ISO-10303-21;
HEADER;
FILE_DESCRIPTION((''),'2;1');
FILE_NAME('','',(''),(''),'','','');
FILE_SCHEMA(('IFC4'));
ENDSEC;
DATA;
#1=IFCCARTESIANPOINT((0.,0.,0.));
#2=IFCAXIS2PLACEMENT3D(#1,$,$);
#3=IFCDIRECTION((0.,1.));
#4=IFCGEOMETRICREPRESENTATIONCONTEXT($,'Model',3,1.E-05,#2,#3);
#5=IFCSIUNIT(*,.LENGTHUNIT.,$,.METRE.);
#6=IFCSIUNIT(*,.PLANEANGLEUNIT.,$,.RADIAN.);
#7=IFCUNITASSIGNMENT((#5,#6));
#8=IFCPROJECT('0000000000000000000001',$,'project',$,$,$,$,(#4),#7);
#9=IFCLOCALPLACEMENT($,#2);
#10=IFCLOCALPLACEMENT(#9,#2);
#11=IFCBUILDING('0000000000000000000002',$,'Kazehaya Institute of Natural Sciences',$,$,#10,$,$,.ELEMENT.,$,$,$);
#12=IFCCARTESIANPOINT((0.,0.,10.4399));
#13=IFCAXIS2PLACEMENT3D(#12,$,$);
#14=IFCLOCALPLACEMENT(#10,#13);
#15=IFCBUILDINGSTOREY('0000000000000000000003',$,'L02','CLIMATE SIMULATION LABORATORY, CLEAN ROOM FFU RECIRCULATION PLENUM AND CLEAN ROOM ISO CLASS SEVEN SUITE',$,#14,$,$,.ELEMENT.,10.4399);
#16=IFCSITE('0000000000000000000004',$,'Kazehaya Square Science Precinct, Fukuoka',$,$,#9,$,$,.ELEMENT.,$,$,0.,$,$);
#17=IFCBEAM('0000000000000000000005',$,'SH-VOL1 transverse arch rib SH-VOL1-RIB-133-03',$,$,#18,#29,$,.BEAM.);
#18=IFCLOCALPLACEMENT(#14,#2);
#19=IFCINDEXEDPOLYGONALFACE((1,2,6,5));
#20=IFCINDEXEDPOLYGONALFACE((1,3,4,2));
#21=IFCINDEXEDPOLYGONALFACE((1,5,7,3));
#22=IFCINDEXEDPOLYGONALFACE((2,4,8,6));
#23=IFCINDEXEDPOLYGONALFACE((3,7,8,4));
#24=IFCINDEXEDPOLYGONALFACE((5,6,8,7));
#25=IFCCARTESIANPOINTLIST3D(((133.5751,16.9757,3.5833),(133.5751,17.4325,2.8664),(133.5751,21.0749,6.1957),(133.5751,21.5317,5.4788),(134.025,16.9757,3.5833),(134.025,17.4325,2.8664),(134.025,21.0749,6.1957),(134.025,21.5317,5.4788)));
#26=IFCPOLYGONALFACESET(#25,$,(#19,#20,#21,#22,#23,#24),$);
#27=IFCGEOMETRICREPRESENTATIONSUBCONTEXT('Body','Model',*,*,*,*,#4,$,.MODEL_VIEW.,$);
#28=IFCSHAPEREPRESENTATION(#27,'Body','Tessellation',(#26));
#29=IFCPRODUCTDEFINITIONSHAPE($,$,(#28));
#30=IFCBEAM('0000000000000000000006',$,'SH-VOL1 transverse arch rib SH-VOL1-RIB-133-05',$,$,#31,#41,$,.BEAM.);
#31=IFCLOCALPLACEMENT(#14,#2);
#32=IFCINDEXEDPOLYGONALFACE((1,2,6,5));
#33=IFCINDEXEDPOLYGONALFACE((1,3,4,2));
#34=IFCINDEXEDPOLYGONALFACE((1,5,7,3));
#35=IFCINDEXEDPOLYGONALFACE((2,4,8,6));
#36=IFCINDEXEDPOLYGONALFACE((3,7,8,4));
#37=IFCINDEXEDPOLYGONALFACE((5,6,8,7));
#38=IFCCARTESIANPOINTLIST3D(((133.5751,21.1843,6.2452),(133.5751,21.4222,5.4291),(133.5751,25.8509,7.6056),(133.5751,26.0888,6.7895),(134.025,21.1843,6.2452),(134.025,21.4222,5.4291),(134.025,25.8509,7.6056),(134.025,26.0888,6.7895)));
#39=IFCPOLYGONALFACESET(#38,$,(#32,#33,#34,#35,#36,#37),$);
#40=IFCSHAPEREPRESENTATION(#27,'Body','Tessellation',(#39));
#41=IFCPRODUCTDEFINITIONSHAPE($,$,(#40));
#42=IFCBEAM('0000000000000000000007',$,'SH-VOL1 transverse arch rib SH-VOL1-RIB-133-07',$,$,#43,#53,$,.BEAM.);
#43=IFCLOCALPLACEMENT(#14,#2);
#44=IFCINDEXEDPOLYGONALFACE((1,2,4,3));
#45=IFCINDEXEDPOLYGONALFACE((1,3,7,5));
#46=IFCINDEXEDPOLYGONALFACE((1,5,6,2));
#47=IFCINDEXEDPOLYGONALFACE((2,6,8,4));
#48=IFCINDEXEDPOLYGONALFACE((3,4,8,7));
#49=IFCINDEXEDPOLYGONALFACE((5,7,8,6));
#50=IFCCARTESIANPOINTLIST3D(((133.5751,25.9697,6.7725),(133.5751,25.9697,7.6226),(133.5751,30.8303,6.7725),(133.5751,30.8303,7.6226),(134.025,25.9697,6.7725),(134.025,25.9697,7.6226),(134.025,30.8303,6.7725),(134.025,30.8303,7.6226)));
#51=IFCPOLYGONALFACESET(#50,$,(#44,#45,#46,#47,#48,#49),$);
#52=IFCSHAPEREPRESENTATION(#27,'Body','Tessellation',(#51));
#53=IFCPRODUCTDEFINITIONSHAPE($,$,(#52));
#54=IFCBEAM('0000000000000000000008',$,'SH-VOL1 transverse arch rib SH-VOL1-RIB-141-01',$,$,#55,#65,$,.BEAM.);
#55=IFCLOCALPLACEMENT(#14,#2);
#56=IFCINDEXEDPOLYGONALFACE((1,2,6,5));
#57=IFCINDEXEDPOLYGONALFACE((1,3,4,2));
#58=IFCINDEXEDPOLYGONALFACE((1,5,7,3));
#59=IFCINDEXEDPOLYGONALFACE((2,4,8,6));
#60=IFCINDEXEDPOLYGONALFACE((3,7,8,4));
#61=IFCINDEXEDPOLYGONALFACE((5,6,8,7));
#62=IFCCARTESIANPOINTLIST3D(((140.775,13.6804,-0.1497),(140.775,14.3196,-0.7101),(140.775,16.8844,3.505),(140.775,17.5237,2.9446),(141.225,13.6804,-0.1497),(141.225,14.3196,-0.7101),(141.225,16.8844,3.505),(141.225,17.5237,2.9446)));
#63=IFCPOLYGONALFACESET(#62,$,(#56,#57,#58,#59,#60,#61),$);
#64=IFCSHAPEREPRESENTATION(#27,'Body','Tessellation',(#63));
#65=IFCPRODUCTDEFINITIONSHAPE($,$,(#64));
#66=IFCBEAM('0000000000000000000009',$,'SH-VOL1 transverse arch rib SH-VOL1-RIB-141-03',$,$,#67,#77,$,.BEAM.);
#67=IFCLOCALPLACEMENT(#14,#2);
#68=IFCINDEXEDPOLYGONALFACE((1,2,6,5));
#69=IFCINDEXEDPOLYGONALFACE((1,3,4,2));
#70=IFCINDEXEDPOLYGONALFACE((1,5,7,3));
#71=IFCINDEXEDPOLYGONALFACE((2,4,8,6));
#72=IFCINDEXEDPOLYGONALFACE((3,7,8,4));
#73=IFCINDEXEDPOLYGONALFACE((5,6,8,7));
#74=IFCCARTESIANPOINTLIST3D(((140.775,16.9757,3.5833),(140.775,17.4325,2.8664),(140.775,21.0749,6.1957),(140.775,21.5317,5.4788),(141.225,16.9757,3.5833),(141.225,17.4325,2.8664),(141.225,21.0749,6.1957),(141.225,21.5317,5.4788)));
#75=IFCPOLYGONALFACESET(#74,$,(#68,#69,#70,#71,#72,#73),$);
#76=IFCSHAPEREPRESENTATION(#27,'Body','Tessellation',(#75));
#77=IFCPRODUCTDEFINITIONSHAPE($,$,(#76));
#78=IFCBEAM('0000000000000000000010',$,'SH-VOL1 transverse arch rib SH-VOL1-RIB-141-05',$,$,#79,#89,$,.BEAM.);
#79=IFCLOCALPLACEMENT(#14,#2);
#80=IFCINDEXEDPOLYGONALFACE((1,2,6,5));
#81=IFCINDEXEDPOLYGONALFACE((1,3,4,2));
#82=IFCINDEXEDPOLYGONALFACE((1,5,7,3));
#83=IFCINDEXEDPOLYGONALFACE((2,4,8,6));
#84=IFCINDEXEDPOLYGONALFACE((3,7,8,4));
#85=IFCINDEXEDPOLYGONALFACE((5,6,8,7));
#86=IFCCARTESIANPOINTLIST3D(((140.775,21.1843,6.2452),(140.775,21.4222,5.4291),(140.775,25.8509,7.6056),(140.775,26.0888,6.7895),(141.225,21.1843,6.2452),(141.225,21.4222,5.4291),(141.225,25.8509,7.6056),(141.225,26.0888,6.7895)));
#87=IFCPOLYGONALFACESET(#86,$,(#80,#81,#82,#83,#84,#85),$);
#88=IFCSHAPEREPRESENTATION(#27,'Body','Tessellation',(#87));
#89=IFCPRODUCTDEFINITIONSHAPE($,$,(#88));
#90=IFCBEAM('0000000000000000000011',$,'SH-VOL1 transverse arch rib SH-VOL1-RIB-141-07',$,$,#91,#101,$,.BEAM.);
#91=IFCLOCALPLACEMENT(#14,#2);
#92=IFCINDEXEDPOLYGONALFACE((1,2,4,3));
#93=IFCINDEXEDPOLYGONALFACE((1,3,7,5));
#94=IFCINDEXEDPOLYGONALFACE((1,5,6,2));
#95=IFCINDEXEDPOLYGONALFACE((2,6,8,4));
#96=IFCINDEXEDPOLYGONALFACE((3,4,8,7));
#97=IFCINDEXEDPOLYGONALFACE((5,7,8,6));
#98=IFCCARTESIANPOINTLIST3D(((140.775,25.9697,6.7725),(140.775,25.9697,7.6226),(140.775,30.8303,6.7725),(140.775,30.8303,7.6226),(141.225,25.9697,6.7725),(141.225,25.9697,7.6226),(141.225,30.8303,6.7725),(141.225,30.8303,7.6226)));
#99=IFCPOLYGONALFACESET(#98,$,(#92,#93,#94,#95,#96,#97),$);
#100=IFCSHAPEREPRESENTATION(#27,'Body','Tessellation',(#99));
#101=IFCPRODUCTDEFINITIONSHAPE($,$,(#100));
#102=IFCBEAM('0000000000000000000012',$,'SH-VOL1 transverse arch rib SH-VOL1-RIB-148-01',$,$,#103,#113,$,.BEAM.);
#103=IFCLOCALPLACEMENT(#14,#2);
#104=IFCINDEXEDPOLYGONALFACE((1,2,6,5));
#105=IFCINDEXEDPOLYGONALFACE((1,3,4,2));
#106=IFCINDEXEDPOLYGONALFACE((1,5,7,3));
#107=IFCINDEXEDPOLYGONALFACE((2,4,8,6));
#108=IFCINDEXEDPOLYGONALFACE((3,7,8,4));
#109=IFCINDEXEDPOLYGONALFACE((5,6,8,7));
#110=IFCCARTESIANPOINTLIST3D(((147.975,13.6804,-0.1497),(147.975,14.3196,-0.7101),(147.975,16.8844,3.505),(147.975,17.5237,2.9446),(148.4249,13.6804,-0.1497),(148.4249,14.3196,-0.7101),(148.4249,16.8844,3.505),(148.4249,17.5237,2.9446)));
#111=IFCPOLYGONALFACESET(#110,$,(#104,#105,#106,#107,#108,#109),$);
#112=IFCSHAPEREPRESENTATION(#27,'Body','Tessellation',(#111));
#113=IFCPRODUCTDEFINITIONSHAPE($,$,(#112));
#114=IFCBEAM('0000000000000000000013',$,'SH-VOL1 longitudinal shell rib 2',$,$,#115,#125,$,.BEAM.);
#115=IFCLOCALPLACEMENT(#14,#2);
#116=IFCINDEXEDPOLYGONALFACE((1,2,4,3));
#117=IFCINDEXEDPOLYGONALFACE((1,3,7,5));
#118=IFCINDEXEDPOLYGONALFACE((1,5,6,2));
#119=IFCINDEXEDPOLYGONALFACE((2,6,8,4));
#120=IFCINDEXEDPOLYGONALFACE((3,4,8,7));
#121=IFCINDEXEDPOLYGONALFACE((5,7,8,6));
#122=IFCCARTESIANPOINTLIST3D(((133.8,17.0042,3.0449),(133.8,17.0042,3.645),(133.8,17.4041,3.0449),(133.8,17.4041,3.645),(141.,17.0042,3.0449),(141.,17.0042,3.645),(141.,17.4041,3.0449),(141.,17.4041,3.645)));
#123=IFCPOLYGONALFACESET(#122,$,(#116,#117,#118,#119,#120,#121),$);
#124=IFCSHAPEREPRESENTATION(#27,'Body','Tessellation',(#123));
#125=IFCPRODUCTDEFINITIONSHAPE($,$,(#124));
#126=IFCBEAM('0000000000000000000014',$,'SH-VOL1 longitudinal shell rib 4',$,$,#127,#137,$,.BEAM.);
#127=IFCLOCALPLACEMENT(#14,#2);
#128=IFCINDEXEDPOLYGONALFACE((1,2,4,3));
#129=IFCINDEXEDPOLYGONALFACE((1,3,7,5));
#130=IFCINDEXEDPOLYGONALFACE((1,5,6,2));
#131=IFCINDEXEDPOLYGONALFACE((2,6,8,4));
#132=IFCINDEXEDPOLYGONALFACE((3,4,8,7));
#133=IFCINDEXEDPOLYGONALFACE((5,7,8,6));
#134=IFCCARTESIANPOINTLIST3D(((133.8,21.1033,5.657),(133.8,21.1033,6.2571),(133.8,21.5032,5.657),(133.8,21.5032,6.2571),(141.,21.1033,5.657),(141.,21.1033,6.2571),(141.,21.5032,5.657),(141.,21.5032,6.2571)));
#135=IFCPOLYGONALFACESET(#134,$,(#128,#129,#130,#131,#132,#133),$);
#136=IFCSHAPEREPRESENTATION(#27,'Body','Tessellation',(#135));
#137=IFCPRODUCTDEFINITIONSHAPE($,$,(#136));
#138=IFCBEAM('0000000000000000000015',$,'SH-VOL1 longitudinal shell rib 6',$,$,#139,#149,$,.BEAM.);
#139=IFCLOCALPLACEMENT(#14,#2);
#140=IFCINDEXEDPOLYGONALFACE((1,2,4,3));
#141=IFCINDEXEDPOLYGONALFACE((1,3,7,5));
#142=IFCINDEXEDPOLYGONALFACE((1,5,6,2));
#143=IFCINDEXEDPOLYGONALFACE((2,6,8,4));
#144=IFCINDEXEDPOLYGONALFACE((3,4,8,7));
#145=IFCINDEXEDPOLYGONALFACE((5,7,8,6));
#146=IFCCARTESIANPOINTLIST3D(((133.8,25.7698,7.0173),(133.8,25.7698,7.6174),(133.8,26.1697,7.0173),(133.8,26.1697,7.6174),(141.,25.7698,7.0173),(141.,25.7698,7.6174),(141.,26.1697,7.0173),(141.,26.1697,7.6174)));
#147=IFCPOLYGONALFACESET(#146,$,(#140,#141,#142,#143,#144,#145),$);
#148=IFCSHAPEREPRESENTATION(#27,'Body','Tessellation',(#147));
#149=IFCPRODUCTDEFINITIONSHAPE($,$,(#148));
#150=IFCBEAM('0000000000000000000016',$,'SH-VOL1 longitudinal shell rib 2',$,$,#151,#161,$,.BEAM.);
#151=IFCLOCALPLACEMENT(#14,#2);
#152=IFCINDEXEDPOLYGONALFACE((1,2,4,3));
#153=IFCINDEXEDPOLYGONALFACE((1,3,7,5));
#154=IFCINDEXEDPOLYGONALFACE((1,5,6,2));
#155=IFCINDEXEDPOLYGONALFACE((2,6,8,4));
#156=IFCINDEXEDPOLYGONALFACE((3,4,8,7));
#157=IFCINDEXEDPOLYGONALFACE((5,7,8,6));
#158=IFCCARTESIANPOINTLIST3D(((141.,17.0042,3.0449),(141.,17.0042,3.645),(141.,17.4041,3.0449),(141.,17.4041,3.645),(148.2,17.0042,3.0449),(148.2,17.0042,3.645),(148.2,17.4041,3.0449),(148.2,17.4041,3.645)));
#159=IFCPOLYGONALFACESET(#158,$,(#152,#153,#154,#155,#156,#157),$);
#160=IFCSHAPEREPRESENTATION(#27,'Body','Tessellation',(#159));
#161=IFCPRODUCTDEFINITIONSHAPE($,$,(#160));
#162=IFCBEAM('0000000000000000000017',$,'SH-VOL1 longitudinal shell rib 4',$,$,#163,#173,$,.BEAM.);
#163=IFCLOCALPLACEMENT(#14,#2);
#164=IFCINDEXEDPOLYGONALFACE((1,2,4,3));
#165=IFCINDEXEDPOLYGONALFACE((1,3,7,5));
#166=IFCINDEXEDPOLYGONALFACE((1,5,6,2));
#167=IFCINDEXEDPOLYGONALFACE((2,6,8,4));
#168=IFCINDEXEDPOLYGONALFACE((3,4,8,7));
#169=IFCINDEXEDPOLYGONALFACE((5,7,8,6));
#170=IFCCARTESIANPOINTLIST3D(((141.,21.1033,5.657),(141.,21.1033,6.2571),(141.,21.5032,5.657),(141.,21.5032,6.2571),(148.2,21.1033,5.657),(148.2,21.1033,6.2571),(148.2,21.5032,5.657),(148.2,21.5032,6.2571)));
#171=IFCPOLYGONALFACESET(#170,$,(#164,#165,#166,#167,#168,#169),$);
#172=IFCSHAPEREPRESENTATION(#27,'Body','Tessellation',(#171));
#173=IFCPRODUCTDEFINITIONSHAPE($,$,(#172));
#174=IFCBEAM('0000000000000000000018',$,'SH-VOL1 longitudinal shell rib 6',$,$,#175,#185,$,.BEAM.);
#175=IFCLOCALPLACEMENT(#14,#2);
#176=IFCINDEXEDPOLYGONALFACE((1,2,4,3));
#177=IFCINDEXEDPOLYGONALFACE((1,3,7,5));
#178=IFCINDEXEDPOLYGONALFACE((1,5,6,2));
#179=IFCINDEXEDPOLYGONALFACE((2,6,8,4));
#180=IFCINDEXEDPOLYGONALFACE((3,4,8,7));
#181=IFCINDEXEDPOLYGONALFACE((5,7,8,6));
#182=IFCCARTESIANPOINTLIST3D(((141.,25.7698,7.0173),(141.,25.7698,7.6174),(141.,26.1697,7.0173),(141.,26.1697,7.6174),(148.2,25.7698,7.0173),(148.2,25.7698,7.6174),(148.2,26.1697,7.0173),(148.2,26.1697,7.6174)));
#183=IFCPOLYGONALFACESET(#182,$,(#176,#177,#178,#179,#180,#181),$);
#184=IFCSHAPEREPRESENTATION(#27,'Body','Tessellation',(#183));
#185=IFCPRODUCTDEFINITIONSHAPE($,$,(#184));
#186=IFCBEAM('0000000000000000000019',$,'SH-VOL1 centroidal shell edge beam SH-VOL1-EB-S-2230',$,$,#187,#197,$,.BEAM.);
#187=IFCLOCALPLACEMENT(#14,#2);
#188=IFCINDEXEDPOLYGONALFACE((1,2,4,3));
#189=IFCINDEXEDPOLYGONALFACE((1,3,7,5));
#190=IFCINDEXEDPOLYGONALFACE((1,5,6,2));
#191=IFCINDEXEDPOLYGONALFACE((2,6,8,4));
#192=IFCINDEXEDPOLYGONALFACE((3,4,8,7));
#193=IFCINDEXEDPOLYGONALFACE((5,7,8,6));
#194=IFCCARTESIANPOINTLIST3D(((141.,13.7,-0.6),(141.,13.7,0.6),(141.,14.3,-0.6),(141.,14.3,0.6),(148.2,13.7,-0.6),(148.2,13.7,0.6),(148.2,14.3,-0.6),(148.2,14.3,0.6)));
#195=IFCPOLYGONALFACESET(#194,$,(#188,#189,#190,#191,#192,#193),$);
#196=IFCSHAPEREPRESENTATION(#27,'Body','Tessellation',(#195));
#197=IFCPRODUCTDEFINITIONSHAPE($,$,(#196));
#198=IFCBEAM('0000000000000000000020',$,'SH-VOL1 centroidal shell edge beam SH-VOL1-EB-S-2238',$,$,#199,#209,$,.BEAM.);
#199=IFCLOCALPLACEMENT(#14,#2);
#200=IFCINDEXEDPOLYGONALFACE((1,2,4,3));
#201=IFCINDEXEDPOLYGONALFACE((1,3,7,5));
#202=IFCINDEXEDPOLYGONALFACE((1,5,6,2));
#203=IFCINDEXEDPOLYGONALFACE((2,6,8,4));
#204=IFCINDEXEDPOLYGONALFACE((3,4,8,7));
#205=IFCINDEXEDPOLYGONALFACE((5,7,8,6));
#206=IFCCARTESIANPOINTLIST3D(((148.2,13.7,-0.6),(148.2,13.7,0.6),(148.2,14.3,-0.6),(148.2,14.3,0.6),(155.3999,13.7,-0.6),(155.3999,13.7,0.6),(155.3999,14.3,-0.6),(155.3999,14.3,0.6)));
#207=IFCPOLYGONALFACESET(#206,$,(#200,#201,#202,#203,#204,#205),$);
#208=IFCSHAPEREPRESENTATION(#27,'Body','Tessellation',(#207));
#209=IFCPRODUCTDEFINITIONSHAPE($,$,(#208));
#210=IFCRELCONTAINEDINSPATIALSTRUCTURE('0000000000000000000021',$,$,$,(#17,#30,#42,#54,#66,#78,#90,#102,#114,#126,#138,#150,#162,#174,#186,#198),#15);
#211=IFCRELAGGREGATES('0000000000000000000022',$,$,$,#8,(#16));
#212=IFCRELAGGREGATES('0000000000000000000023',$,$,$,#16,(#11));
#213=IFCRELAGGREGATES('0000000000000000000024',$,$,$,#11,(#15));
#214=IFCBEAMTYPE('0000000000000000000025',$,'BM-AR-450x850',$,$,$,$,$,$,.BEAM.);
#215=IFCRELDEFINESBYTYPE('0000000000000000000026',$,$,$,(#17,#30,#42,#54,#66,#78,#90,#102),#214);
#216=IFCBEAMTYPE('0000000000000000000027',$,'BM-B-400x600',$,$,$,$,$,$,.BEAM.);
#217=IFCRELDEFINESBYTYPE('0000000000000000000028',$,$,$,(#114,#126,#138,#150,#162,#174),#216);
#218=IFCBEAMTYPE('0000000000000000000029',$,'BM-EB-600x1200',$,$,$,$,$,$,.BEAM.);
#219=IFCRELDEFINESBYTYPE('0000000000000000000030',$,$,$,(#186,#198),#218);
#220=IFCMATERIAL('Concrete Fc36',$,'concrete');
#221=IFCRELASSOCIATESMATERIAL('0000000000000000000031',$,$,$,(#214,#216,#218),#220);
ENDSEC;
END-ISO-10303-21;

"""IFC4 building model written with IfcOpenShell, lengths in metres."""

from ifc_helpers import new_model, si_unit, direction, frame, origin, origin_2d, place, context, subcontext, project, spatial, rectangle, extrude, material, material_profile, profile_set, type_object, element, save


model = new_model("IFC4")

# Units and contexts
model_context = context("Model", 3, precision=1e-05, world=origin(), true_north=direction((0.0, 1.0)))
body_context = subcontext(model_context, "Body", "Model", "MODEL_VIEW")
ifc_project = project(units=[si_unit("LENGTHUNIT", "METRE"), si_unit("PLANEANGLEUNIT", "RADIAN")], contexts=[model_context])

# Site, building, storey
site_placement = place(None, origin())
site = spatial("IfcSite", under=ifc_project, at=site_placement, Name="Kazehaya Square Science Precinct, Fukuoka", CompositionType="ELEMENT", RefElevation=0.0)
building_placement = place(site_placement, origin())
building = spatial("IfcBuilding", under=site, at=building_placement, Name="Kazehaya Institute of Natural Sciences", CompositionType="ELEMENT")
storey_placement = place(building_placement, frame((0.0, 0.0, 10.4399)))
storey = spatial("IfcBuildingStorey", under=building, at=storey_placement, Name="L02", Description="CLIMATE SIMULATION LABORATORY, CLEAN ROOM FFU RECIRCULATION PLENUM AND CLEAN ROOM ISO CLASS SEVEN SUITE", CompositionType="ELEMENT", Elevation=10.4399)

# Beams
ifc_material_1 = material(Name="Concrete Fc36", Category="concrete")
ifc_material_profile_1 = material_profile(ifc_material_1, rectangle(XDim=0.45, YDim=0.8501, at=origin_2d()), Name="RC-450x850")
ifc_profile_set_1 = profile_set([ifc_material_profile_1], Name="Concrete Fc36")
beam_type_1 = type_object("IfcBeamType", Name="BM-AR-450x850", PredefinedType="BEAM", material=ifc_profile_set_1)
for number, where, z_axis, x_axis, name in (
    (1, (133.8, 17.2041, 3.2249), (0.0, 0.84331, 0.537428), (-1.0, 0.0, 0.0), "SH-VOL1 transverse arch rib SH-VOL1-RIB-133-03"),
    (2, (133.8, 21.3032, 5.8372), (0.0, 0.960039, 0.279865), (-1.0, 0.0, 0.0), "SH-VOL1 transverse arch rib SH-VOL1-RIB-133-05"),
):
    element("IfcBeam", number, at=place(storey_placement, frame(where, z_axis=z_axis, x_axis=x_axis)), inside=storey, type_object=beam_type_1, Name=name, PredefinedType="BEAM", context=body_context, shape_type="SweptSolid", body=[
        extrude(rectangle(XDim=0.45, YDim=0.8501, at=origin_2d()), origin(), (0.0, 0.0, 1.0), 4.8608),
    ])
beam_1_placement = place(storey_placement, frame((133.8, 25.9697, 7.1975), z_axis=(0.0, 1.0, 0.0), x_axis=(-1.0, 0.0, 0.0)))
element("IfcBeam", 3, at=beam_1_placement, inside=storey, type_object=beam_type_1, Name="SH-VOL1 transverse arch rib SH-VOL1-RIB-133-07", PredefinedType="BEAM", context=body_context, shape_type="SweptSolid", body=[
    extrude(rectangle(XDim=0.45, YDim=0.8501, at=origin_2d()), origin(), (0.0, 0.0, 1.0), 4.8606),
])
beam_2_placement = place(storey_placement, frame((141.0, 14.0, -0.4299), z_axis=(0.0, 0.659223, 0.751948), x_axis=(-1.0, 0.0, 0.0)))
element("IfcBeam", 4, at=beam_2_placement, inside=storey, type_object=beam_type_1, Name="SH-VOL1 transverse arch rib SH-VOL1-RIB-141-01", PredefinedType="BEAM", context=body_context, shape_type="SweptSolid", body=[
    extrude(rectangle(XDim=0.45, YDim=0.8501, at=origin_2d()), origin(), (0.0, 0.0, 1.0), 4.8604),
])
for number, where, z_axis, x_axis, name in (
    (5, (141.0, 17.2041, 3.2249), (0.0, 0.84331, 0.537428), (-1.0, 0.0, 0.0), "SH-VOL1 transverse arch rib SH-VOL1-RIB-141-03"),
    (6, (141.0, 21.3032, 5.8372), (0.0, 0.960039, 0.279865), (-1.0, 0.0, 0.0), "SH-VOL1 transverse arch rib SH-VOL1-RIB-141-05"),
):
    element("IfcBeam", number, at=place(storey_placement, frame(where, z_axis=z_axis, x_axis=x_axis)), inside=storey, type_object=beam_type_1, Name=name, PredefinedType="BEAM", context=body_context, shape_type="SweptSolid", body=[
        extrude(rectangle(XDim=0.45, YDim=0.8501, at=origin_2d()), origin(), (0.0, 0.0, 1.0), 4.8608),
    ])
beam_3_placement = place(storey_placement, frame((141.0, 25.9697, 7.1975), z_axis=(0.0, 1.0, 0.0), x_axis=(-1.0, 0.0, 0.0)))
element("IfcBeam", 7, at=beam_3_placement, inside=storey, type_object=beam_type_1, Name="SH-VOL1 transverse arch rib SH-VOL1-RIB-141-07", PredefinedType="BEAM", context=body_context, shape_type="SweptSolid", body=[
    extrude(rectangle(XDim=0.45, YDim=0.8501, at=origin_2d()), origin(), (0.0, 0.0, 1.0), 4.8606),
])
beam_4_placement = place(storey_placement, frame((148.2, 14.0, -0.4299), z_axis=(0.0, 0.659223, 0.751948), x_axis=(-1.0, 0.0, 0.0)))
element("IfcBeam", 8, at=beam_4_placement, inside=storey, type_object=beam_type_1, Name="SH-VOL1 transverse arch rib SH-VOL1-RIB-148-01", PredefinedType="BEAM", context=body_context, shape_type="SweptSolid", body=[
    extrude(rectangle(XDim=0.45, YDim=0.8501, at=origin_2d()), origin(), (0.0, 0.0, 1.0), 4.8604),
])
ifc_material_profile_2 = material_profile(ifc_material_1, rectangle(XDim=0.3999, YDim=0.6001, at=origin_2d()), Name="RC-400x600")
ifc_profile_set_2 = profile_set([ifc_material_profile_2], Name="Concrete Fc36")
beam_type_2 = type_object("IfcBeamType", Name="BM-B-400x600", PredefinedType="BEAM", material=ifc_profile_set_2)
for number, where, z_axis, x_axis, name in (
    (9, (133.8, 17.2041, 3.345), (1.0, 0.0, 0.0), (0.0, 1.0, 0.0), "SH-VOL1 longitudinal shell rib 2"),
    (10, (133.8, 21.3032, 5.957), (1.0, 0.0, 0.0), (0.0, 1.0, 0.0), "SH-VOL1 longitudinal shell rib 4"),
    (11, (133.8, 25.9697, 7.3174), (1.0, 0.0, 0.0), (0.0, 1.0, 0.0), "SH-VOL1 longitudinal shell rib 6"),
    (12, (141.0, 17.2041, 3.345), (1.0, 0.0, 0.0), (0.0, 1.0, 0.0), "SH-VOL1 longitudinal shell rib 2"),
    (13, (141.0, 21.3032, 5.957), (1.0, 0.0, 0.0), (0.0, 1.0, 0.0), "SH-VOL1 longitudinal shell rib 4"),
    (14, (141.0, 25.9697, 7.3174), (1.0, 0.0, 0.0), (0.0, 1.0, 0.0), "SH-VOL1 longitudinal shell rib 6"),
):
    element("IfcBeam", number, at=place(storey_placement, frame(where, z_axis=z_axis, x_axis=x_axis)), inside=storey, type_object=beam_type_2, Name=name, PredefinedType="BEAM", context=body_context, shape_type="SweptSolid", body=[
        extrude(rectangle(XDim=0.3999, YDim=0.6001, at=origin_2d()), origin(), (0.0, 0.0, 1.0), 7.2),
    ])
ifc_material_profile_3 = material_profile(ifc_material_1, rectangle(XDim=0.6001, YDim=1.2, at=origin_2d()), Name="RC-600x1200")
ifc_profile_set_3 = profile_set([ifc_material_profile_3], Name="Concrete Fc36")
beam_type_3 = type_object("IfcBeamType", Name="BM-EB-600x1200", PredefinedType="BEAM", material=ifc_profile_set_3)
for number, where, z_axis, x_axis, name in (
    (15, (141.0, 14.0, 0.0), (1.0, 0.0, 0.0), (0.0, 1.0, 0.0), "SH-VOL1 centroidal shell edge beam SH-VOL1-EB-S-2230"),
    (16, (148.2, 14.0, 0.0), (1.0, 0.0, 0.0), (0.0, 1.0, 0.0), "SH-VOL1 centroidal shell edge beam SH-VOL1-EB-S-2238"),
):
    element("IfcBeam", number, at=place(storey_placement, frame(where, z_axis=z_axis, x_axis=x_axis)), inside=storey, type_object=beam_type_3, Name=name, PredefinedType="BEAM", context=body_context, shape_type="SweptSolid", body=[
        extrude(rectangle(XDim=0.6001, YDim=1.2, at=origin_2d()), origin(), (0.0, 0.0, 1.0), 7.2),
    ])

save(model, "model.ifc")
